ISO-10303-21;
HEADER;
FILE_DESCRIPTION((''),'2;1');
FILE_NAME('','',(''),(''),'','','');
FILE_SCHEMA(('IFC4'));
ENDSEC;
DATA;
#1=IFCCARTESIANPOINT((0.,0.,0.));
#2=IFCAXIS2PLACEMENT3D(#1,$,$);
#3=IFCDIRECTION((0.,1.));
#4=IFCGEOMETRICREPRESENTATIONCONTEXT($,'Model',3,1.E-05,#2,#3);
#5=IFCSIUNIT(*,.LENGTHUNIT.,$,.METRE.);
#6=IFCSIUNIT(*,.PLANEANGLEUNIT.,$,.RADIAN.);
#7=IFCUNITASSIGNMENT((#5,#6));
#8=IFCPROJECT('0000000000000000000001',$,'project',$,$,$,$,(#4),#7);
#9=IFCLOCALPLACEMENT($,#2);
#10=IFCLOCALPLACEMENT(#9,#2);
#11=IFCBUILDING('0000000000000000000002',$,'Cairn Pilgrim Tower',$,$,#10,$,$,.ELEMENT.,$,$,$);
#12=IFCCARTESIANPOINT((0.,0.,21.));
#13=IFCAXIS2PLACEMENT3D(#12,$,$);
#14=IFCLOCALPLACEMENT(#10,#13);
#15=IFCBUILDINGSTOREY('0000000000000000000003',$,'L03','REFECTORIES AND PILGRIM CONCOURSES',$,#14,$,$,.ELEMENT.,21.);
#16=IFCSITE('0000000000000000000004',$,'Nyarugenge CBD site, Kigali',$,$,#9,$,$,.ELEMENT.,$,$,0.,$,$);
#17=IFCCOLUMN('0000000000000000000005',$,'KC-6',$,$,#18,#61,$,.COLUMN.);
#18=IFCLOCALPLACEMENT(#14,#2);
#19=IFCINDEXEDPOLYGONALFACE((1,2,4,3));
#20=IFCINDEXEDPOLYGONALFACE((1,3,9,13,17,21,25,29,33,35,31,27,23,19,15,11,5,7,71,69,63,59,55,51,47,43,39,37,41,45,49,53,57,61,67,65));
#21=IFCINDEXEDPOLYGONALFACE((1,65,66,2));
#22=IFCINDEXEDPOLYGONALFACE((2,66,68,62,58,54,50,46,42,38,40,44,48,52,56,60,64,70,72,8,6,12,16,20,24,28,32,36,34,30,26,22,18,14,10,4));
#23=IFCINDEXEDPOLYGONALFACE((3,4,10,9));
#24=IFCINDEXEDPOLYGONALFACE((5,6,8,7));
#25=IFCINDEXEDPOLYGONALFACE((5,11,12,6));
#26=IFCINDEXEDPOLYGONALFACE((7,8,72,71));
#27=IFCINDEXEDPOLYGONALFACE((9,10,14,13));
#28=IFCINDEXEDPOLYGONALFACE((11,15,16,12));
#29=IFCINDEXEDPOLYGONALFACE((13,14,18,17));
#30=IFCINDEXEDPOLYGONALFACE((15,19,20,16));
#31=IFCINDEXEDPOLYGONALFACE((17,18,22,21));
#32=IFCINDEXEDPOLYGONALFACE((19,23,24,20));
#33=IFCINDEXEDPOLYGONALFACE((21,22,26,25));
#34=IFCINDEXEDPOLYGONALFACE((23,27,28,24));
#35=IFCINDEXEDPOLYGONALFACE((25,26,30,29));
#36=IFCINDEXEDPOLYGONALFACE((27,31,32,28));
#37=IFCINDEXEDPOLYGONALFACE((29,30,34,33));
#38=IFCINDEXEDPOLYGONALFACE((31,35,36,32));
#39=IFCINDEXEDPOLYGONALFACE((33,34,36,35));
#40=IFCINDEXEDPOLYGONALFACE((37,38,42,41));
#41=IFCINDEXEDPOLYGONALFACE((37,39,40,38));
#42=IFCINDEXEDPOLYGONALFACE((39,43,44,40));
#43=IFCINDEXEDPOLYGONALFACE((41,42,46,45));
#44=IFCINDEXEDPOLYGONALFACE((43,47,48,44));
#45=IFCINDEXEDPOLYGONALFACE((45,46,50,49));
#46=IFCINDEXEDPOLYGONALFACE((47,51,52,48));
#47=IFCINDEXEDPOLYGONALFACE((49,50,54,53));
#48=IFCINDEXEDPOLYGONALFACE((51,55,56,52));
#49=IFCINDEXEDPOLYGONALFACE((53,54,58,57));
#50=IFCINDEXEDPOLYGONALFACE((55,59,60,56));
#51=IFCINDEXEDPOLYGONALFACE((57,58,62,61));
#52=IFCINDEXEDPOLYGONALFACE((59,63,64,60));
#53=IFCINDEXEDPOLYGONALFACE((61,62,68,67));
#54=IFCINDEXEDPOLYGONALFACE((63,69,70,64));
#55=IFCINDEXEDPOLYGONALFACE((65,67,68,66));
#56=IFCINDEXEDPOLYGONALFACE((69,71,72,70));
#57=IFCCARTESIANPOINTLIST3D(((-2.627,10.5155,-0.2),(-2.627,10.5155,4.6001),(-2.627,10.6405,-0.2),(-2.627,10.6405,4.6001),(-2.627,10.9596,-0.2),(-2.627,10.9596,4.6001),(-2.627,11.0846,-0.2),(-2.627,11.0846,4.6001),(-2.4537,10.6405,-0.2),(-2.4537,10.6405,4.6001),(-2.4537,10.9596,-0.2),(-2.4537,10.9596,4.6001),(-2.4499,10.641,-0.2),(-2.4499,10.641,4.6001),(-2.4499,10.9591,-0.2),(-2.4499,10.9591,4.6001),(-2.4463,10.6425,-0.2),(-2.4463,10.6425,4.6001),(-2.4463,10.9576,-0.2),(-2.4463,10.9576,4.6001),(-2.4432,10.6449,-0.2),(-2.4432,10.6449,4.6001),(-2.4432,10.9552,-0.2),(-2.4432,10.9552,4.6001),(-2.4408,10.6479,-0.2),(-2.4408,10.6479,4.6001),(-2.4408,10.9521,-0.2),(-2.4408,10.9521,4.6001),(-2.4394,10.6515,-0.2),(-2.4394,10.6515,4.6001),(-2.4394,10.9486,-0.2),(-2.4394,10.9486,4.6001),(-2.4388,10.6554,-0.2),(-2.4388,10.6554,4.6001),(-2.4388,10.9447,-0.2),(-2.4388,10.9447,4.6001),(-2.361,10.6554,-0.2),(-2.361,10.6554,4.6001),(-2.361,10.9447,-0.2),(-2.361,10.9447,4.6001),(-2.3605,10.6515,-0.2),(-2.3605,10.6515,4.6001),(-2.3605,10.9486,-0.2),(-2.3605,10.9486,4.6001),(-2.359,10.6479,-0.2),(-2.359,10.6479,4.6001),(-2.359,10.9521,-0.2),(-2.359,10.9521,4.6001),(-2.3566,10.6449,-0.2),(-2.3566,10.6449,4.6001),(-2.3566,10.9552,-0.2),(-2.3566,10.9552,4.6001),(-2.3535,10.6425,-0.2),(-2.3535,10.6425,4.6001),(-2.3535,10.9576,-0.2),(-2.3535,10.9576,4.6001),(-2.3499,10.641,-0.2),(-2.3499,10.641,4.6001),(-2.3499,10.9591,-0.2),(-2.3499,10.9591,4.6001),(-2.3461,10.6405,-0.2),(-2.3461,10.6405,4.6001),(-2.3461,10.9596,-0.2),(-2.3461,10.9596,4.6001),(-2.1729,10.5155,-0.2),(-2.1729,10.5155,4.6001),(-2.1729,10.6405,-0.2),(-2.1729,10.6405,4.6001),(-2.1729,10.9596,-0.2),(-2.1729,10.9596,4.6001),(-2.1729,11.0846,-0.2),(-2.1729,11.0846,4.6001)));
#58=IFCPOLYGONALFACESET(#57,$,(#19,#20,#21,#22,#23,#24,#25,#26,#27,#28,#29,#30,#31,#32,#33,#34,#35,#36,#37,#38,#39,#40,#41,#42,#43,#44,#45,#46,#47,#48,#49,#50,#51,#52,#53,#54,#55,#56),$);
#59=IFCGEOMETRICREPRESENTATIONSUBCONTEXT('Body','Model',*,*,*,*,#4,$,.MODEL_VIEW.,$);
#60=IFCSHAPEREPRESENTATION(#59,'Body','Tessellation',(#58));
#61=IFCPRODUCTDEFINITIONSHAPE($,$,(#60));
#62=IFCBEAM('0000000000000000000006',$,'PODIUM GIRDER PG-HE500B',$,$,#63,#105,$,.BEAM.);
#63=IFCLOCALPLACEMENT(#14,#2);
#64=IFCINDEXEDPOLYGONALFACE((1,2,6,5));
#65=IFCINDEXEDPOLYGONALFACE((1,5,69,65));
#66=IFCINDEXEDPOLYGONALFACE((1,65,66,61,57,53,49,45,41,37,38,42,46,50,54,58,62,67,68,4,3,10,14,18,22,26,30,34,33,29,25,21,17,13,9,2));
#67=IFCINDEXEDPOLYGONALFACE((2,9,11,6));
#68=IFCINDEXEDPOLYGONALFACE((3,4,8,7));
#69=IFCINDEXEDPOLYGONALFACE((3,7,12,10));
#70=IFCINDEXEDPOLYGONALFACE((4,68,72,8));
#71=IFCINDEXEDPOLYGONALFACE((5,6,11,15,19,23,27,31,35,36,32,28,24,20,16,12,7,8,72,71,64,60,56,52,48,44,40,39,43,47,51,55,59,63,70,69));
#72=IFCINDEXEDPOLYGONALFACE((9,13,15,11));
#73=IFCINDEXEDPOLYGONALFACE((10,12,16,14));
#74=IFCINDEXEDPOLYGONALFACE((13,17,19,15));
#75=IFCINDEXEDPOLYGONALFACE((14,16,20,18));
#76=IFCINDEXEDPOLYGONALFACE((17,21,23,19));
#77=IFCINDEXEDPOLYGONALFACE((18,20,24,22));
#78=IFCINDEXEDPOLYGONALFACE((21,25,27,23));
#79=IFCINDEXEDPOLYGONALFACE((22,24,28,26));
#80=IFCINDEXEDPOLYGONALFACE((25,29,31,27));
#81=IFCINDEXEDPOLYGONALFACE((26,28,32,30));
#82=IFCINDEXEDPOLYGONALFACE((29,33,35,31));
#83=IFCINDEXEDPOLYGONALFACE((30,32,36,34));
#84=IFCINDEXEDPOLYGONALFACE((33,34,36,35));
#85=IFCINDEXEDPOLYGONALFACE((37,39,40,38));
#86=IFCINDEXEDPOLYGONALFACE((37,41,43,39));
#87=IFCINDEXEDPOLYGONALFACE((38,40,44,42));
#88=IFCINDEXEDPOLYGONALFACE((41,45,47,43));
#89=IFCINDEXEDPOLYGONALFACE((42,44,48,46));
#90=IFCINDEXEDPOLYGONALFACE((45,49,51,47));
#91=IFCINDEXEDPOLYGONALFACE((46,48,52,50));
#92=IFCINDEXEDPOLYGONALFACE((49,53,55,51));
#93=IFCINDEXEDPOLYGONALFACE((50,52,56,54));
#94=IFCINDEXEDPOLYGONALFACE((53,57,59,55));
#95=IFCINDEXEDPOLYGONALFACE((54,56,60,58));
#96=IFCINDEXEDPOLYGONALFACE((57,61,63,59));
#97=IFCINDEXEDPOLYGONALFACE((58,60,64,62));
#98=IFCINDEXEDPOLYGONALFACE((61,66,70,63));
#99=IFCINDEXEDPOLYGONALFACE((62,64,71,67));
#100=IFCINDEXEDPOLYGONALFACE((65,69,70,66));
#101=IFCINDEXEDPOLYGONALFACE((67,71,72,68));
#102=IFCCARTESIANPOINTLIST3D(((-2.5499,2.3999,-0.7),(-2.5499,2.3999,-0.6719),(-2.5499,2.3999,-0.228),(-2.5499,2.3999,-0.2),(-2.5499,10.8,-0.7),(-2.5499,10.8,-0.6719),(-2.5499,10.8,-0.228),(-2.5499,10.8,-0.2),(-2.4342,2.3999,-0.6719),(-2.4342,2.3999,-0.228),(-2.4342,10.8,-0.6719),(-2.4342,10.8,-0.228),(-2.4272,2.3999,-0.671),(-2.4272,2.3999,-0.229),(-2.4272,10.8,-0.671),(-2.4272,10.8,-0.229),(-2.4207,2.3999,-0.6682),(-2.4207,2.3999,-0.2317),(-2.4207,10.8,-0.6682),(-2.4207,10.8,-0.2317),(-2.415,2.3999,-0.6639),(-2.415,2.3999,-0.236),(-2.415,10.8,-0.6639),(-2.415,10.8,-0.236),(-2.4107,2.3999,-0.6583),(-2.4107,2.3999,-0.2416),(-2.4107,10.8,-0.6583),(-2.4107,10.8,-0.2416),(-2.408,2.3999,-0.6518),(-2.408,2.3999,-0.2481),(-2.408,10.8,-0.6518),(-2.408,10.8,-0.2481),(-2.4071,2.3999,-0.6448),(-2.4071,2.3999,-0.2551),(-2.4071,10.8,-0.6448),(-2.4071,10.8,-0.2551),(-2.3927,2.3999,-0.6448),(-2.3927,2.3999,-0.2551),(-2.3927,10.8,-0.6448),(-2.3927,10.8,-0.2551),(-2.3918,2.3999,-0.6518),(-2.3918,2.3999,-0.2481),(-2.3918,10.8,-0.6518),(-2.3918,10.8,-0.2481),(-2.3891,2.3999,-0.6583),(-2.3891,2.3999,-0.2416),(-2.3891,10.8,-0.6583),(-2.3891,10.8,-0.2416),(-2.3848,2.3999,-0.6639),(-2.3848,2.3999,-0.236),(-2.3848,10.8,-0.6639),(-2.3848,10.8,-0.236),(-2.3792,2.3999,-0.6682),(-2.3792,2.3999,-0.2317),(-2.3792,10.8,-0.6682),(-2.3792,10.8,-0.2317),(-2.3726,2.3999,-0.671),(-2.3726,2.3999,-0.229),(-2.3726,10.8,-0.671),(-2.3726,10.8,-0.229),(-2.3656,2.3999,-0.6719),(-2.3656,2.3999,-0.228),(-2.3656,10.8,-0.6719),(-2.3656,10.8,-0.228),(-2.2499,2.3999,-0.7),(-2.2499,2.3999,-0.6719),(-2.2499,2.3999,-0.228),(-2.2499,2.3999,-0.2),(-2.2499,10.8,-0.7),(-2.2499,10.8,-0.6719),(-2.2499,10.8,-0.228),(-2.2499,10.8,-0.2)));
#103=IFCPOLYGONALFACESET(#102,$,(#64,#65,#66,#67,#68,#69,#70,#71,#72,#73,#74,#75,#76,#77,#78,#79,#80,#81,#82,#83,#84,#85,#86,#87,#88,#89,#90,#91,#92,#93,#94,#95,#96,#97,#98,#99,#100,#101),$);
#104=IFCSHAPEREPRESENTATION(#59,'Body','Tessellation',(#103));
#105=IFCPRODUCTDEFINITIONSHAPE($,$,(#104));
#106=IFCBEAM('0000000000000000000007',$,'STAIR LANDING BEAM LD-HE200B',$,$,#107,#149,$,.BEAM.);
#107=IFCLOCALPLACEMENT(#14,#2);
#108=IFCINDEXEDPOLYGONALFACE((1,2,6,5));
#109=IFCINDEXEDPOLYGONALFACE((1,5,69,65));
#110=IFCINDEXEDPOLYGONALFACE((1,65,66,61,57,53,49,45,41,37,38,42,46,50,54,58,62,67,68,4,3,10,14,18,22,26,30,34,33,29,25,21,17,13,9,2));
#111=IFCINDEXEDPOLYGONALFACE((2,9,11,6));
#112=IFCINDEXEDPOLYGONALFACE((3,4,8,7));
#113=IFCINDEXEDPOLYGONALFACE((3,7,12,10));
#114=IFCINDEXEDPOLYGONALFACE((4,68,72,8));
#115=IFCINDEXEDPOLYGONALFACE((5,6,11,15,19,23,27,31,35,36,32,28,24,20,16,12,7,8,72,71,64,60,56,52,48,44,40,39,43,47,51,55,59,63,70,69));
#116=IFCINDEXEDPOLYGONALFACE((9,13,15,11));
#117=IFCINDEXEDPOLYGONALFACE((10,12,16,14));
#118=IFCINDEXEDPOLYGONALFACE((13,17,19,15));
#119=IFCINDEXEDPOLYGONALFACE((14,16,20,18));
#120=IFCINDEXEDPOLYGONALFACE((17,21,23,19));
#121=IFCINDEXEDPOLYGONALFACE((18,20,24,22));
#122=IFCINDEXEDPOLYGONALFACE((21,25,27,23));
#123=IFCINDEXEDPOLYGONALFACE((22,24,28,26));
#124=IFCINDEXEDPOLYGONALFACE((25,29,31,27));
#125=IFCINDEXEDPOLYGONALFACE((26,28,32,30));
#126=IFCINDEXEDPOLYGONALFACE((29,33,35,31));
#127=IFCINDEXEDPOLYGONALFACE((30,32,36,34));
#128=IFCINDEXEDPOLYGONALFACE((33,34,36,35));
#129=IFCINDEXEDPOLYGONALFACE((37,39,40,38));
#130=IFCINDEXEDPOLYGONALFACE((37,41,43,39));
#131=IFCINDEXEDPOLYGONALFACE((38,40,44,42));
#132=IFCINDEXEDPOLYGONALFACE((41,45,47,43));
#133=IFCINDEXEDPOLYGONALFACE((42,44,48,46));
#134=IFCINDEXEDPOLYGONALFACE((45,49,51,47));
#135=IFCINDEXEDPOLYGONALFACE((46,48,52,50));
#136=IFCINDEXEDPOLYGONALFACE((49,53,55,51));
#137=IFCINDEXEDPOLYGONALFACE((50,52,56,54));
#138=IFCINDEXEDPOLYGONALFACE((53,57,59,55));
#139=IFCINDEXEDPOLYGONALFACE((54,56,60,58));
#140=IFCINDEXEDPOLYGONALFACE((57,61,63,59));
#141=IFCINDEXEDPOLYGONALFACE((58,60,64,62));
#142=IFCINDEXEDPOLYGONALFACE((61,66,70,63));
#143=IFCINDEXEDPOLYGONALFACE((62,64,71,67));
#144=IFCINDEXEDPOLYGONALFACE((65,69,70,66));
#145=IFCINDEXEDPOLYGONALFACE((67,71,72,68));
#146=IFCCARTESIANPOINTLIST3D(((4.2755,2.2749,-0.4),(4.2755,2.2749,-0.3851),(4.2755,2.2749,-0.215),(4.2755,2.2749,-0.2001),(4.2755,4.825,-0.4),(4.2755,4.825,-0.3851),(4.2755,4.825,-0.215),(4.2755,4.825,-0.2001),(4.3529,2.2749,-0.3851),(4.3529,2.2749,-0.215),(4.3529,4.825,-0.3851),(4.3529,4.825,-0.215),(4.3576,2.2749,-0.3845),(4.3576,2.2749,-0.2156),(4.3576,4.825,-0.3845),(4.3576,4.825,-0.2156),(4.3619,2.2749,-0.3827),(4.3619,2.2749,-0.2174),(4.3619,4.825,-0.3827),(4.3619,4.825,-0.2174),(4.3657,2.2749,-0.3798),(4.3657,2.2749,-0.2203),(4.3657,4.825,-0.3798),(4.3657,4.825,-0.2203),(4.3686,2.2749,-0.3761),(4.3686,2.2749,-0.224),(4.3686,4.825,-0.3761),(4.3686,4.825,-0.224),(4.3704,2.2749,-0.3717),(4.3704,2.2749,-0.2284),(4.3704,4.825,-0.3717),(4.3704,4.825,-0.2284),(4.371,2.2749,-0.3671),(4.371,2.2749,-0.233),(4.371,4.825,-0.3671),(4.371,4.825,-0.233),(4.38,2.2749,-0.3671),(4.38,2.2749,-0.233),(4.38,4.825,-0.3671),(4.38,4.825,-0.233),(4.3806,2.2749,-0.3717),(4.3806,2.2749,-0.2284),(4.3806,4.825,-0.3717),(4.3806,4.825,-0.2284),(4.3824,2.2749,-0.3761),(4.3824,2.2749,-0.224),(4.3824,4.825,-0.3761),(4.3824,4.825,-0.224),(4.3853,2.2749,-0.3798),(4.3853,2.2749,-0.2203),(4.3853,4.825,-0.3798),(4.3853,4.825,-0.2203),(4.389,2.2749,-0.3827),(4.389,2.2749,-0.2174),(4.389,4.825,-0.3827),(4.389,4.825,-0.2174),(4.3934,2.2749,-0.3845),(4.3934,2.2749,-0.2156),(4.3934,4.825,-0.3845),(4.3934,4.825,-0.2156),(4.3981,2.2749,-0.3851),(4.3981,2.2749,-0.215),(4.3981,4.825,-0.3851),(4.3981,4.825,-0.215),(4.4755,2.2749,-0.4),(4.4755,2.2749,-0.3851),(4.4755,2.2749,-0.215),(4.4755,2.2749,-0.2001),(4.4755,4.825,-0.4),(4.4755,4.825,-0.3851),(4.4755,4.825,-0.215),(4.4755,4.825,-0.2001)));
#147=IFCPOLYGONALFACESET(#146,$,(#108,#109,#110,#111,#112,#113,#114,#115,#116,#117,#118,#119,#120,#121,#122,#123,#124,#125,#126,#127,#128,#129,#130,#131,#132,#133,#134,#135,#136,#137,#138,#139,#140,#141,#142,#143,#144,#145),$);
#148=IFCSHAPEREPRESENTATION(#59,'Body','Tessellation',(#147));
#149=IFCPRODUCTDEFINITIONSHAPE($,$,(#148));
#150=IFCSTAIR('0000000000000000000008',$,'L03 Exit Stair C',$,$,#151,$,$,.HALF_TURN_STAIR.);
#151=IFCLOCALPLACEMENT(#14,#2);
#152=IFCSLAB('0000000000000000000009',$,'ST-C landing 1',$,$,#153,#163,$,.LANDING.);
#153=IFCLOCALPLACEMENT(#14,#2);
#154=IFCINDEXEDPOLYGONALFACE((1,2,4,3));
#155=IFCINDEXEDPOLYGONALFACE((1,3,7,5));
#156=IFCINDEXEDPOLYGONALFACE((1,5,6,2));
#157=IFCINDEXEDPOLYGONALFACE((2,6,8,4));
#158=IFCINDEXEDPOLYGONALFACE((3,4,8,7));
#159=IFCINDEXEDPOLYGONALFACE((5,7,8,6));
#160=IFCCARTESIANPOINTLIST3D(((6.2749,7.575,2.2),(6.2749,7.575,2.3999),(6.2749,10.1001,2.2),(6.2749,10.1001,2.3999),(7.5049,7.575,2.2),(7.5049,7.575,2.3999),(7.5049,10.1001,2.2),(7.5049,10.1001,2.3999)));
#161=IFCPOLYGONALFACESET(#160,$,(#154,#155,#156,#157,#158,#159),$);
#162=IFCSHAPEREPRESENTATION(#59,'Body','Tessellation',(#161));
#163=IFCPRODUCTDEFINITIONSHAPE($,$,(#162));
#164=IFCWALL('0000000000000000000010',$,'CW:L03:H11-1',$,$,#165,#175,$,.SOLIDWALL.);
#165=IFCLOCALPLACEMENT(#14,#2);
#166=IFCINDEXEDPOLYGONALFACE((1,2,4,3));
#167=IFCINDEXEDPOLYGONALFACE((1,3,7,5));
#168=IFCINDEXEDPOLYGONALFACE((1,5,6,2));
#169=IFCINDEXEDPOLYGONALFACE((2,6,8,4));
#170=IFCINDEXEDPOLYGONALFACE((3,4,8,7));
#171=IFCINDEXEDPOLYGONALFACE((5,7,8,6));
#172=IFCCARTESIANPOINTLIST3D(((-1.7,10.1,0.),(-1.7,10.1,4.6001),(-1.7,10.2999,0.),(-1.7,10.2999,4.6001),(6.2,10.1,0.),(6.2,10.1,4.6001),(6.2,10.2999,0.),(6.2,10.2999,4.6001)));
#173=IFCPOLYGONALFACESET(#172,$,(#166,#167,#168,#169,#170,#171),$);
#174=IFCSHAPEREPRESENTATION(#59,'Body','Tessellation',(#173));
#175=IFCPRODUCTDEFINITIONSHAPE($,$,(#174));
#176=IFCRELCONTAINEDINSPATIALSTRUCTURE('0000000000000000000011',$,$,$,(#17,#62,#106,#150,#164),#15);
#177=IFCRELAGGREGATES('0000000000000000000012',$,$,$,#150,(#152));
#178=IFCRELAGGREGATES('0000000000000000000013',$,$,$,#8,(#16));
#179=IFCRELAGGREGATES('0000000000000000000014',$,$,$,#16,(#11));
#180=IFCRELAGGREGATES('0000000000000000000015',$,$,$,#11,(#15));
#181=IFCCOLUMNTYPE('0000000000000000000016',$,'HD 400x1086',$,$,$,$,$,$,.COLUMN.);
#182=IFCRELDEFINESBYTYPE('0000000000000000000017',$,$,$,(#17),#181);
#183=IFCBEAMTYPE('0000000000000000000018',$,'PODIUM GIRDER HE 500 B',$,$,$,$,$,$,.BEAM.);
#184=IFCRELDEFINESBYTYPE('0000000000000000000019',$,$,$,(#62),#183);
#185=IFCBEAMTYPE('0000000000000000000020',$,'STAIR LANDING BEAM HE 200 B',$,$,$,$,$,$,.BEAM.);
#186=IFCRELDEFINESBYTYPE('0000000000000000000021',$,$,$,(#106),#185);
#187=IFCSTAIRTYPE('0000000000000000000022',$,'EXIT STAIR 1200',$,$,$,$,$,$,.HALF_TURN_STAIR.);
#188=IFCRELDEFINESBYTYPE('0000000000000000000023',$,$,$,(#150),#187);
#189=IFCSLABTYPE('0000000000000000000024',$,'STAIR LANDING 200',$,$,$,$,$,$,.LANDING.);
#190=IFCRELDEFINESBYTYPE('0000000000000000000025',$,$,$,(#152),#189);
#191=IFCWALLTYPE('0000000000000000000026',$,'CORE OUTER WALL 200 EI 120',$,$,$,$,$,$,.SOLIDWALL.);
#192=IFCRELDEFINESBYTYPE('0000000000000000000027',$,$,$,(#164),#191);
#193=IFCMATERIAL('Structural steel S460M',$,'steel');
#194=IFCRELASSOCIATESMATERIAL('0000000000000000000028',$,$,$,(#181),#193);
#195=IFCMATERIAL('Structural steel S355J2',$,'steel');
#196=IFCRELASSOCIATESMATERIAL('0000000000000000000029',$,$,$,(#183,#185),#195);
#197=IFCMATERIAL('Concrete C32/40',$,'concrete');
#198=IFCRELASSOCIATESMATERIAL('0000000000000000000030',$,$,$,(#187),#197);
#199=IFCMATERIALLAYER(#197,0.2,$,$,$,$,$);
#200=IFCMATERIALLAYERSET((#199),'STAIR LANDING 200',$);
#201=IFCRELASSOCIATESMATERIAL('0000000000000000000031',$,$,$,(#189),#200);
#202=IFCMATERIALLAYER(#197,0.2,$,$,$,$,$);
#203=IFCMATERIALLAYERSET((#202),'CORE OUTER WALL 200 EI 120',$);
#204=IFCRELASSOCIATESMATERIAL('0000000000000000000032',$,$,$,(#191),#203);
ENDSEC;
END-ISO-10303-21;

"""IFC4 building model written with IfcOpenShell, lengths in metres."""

from ifc_helpers import new_model, si_unit, direction, frame, frame_2d, origin, origin_2d, place, context, subcontext, project, spatial, polyline, rectangle, i_section, outline, extrude, material, layer, layer_set, material_profile, profile_set, type_object, element, aggregate, save


model = new_model("IFC4")

# Units and contexts
model_context = context("Model", 3, precision=1e-05, world=origin(), true_north=direction((0.0, 1.0)))
body_context = subcontext(model_context, "Body", "Model", "MODEL_VIEW")
ifc_project = project(units=[si_unit("LENGTHUNIT", "METRE"), si_unit("PLANEANGLEUNIT", "RADIAN")], contexts=[model_context])

# Site, building, storey
site_placement = place(None, origin())
site = spatial("IfcSite", under=ifc_project, at=site_placement, Name="Nyarugenge CBD site, Kigali", CompositionType="ELEMENT", RefElevation=0.0)
building_placement = place(site_placement, origin())
building = spatial("IfcBuilding", under=site, at=building_placement, Name="Cairn Pilgrim Tower", CompositionType="ELEMENT")
storey_placement = place(building_placement, frame((0.0, 0.0, 21.0)))
storey = spatial("IfcBuildingStorey", under=building, at=storey_placement, Name="L03", Description="REFECTORIES AND PILGRIM CONCOURSES", CompositionType="ELEMENT", Elevation=21.0)

# Column
ifc_material_1 = material(Name="Structural steel S460M", Category="steel")
ifc_material_profile_1 = material_profile(ifc_material_1, i_section(OverallWidth=0.4541, OverallDepth=0.5691, WebThickness=0.0779, FlangeThickness=0.125, FilletRadius=0.0149, at=origin_2d()), Name="HD 400x1086")
ifc_profile_set_1 = profile_set([ifc_material_profile_1], Name="Structural steel S460M")
column_type = type_object("IfcColumnType", Name="HD 400x1086", PredefinedType="COLUMN", material=ifc_profile_set_1)
column_placement = place(storey_placement, frame((-2.3999, 10.8, -0.2), z_axis=(0.0, 0.0, 1.0), x_axis=(1.0, 0.0, 0.0)))
element("IfcColumn", 1, at=column_placement, inside=storey, type_object=column_type, Name="KC-6", PredefinedType="COLUMN", context=body_context, shape_type="SweptSolid", body=[
    extrude(i_section(OverallWidth=0.4541, OverallDepth=0.5691, WebThickness=0.0779, FlangeThickness=0.125, FilletRadius=0.0149, at=origin_2d()), origin(), (0.0, 0.0, 1.0), 4.8),
])

# Beams
ifc_material_2 = material(Name="Structural steel S355J2", Category="steel")
ifc_material_profile_2 = material_profile(ifc_material_2, i_section(OverallWidth=0.3, OverallDepth=0.5, WebThickness=0.0144, FlangeThickness=0.0281, FilletRadius=0.0271, at=origin_2d()), Name="HEB 500")
ifc_profile_set_2 = profile_set([ifc_material_profile_2], Name="Structural steel S355J2")
beam_type_1 = type_object("IfcBeamType", Name="PODIUM GIRDER HE 500 B", PredefinedType="BEAM", material=ifc_profile_set_2)
beam_1_placement = place(storey_placement, frame((-2.3999, 10.8, -0.45), z_axis=(0.0, -1.0, 0.0), x_axis=(1.0, 0.0, 0.0)))
element("IfcBeam", 2, at=beam_1_placement, inside=storey, type_object=beam_type_1, Name="PODIUM GIRDER PG-HE500B", PredefinedType="BEAM", context=body_context, shape_type="SweptSolid", body=[
    extrude(i_section(OverallWidth=0.3, OverallDepth=0.5, WebThickness=0.0144, FlangeThickness=0.0281, FilletRadius=0.0271, at=origin_2d()), origin(), (0.0, 0.0, 1.0), 8.4001),
])
ifc_material_profile_3 = material_profile(ifc_material_2, i_section(OverallWidth=0.2, OverallDepth=0.2, WebThickness=0.009, FlangeThickness=0.0149, FilletRadius=0.0181, at=origin_2d()), Name="HE 200 B")
ifc_profile_set_3 = profile_set([ifc_material_profile_3], Name="Structural steel S355J2")
beam_type_2 = type_object("IfcBeamType", Name="STAIR LANDING BEAM HE 200 B", PredefinedType="BEAM", material=ifc_profile_set_3)
beam_2_placement = place(storey_placement, frame((4.3755, 2.2749, -0.3), z_axis=(0.0, 1.0, 0.0), x_axis=(-1.0, 0.0, 0.0)))
element("IfcBeam", 3, at=beam_2_placement, inside=storey, type_object=beam_type_2, Name="STAIR LANDING BEAM LD-HE200B", PredefinedType="BEAM", context=body_context, shape_type="SweptSolid", body=[
    extrude(i_section(OverallWidth=0.2, OverallDepth=0.2, WebThickness=0.009, FlangeThickness=0.0149, FilletRadius=0.0181, at=origin_2d()), origin(), (0.0, 0.0, 1.0), 2.55),
])

# Stair, slab
ifc_material_3 = material(Name="Concrete C32/40", Category="concrete")
stair_type = type_object("IfcStairType", Name="EXIT STAIR 1200", PredefinedType="HALF_TURN_STAIR", material=ifc_material_3)
stair_1_placement = place(storey_placement, origin())
stair_1 = element("IfcStair", 4, at=stair_1_placement, inside=storey, type_object=stair_type, Name="L03 Exit Stair C", PredefinedType="HALF_TURN_STAIR")
ifc_layer_1 = layer(ifc_material_3, 0.2)
ifc_layer_set_1 = layer_set([ifc_layer_1], Name="STAIR LANDING 200")
slab_type = type_object("IfcSlabType", Name="STAIR LANDING 200", PredefinedType="LANDING", material=ifc_layer_set_1)
slab_placement = place(storey_placement, frame((0.0, 0.0, 2.2)))
slab = element("IfcSlab", 5, at=slab_placement, type_object=slab_type, Name="ST-C landing 1", PredefinedType="LANDING", context=body_context, shape_type="SweptSolid", body=[
    extrude(outline(polyline([(7.5049, 10.1001), (6.2749, 10.1001), (6.2749, 7.575), (7.5049, 7.575), (7.5049, 10.1001)])), origin(), (0.0, 0.0, 1.0), 0.2),
])
aggregate(stair_1, [slab])

# Wall
ifc_layer_2 = layer(ifc_material_3, 0.2)
ifc_layer_set_2 = layer_set([ifc_layer_2], Name="CORE OUTER WALL 200 EI 120")
wall_type_1 = type_object("IfcWallType", Name="CORE OUTER WALL 200 EI 120", PredefinedType="SOLIDWALL", material=ifc_layer_set_2)
wall_1_placement = place(storey_placement, frame((-1.7, 10.2, 0.0), z_axis=(0.0, 0.0, 1.0), x_axis=(1.0, 0.0, 0.0)))
element("IfcWall", 6, at=wall_1_placement, inside=storey, type_object=wall_type_1, Name="CW:L03:H11-1", PredefinedType="SOLIDWALL", context=body_context, shape_type="SweptSolid", body=[
    extrude(rectangle(XDim=7.8999, YDim=0.2, at=frame_2d((3.95, 0.0))), origin(), (0.0, 0.0, 1.0), 4.6001),
])

save(model, "model.ifc")
